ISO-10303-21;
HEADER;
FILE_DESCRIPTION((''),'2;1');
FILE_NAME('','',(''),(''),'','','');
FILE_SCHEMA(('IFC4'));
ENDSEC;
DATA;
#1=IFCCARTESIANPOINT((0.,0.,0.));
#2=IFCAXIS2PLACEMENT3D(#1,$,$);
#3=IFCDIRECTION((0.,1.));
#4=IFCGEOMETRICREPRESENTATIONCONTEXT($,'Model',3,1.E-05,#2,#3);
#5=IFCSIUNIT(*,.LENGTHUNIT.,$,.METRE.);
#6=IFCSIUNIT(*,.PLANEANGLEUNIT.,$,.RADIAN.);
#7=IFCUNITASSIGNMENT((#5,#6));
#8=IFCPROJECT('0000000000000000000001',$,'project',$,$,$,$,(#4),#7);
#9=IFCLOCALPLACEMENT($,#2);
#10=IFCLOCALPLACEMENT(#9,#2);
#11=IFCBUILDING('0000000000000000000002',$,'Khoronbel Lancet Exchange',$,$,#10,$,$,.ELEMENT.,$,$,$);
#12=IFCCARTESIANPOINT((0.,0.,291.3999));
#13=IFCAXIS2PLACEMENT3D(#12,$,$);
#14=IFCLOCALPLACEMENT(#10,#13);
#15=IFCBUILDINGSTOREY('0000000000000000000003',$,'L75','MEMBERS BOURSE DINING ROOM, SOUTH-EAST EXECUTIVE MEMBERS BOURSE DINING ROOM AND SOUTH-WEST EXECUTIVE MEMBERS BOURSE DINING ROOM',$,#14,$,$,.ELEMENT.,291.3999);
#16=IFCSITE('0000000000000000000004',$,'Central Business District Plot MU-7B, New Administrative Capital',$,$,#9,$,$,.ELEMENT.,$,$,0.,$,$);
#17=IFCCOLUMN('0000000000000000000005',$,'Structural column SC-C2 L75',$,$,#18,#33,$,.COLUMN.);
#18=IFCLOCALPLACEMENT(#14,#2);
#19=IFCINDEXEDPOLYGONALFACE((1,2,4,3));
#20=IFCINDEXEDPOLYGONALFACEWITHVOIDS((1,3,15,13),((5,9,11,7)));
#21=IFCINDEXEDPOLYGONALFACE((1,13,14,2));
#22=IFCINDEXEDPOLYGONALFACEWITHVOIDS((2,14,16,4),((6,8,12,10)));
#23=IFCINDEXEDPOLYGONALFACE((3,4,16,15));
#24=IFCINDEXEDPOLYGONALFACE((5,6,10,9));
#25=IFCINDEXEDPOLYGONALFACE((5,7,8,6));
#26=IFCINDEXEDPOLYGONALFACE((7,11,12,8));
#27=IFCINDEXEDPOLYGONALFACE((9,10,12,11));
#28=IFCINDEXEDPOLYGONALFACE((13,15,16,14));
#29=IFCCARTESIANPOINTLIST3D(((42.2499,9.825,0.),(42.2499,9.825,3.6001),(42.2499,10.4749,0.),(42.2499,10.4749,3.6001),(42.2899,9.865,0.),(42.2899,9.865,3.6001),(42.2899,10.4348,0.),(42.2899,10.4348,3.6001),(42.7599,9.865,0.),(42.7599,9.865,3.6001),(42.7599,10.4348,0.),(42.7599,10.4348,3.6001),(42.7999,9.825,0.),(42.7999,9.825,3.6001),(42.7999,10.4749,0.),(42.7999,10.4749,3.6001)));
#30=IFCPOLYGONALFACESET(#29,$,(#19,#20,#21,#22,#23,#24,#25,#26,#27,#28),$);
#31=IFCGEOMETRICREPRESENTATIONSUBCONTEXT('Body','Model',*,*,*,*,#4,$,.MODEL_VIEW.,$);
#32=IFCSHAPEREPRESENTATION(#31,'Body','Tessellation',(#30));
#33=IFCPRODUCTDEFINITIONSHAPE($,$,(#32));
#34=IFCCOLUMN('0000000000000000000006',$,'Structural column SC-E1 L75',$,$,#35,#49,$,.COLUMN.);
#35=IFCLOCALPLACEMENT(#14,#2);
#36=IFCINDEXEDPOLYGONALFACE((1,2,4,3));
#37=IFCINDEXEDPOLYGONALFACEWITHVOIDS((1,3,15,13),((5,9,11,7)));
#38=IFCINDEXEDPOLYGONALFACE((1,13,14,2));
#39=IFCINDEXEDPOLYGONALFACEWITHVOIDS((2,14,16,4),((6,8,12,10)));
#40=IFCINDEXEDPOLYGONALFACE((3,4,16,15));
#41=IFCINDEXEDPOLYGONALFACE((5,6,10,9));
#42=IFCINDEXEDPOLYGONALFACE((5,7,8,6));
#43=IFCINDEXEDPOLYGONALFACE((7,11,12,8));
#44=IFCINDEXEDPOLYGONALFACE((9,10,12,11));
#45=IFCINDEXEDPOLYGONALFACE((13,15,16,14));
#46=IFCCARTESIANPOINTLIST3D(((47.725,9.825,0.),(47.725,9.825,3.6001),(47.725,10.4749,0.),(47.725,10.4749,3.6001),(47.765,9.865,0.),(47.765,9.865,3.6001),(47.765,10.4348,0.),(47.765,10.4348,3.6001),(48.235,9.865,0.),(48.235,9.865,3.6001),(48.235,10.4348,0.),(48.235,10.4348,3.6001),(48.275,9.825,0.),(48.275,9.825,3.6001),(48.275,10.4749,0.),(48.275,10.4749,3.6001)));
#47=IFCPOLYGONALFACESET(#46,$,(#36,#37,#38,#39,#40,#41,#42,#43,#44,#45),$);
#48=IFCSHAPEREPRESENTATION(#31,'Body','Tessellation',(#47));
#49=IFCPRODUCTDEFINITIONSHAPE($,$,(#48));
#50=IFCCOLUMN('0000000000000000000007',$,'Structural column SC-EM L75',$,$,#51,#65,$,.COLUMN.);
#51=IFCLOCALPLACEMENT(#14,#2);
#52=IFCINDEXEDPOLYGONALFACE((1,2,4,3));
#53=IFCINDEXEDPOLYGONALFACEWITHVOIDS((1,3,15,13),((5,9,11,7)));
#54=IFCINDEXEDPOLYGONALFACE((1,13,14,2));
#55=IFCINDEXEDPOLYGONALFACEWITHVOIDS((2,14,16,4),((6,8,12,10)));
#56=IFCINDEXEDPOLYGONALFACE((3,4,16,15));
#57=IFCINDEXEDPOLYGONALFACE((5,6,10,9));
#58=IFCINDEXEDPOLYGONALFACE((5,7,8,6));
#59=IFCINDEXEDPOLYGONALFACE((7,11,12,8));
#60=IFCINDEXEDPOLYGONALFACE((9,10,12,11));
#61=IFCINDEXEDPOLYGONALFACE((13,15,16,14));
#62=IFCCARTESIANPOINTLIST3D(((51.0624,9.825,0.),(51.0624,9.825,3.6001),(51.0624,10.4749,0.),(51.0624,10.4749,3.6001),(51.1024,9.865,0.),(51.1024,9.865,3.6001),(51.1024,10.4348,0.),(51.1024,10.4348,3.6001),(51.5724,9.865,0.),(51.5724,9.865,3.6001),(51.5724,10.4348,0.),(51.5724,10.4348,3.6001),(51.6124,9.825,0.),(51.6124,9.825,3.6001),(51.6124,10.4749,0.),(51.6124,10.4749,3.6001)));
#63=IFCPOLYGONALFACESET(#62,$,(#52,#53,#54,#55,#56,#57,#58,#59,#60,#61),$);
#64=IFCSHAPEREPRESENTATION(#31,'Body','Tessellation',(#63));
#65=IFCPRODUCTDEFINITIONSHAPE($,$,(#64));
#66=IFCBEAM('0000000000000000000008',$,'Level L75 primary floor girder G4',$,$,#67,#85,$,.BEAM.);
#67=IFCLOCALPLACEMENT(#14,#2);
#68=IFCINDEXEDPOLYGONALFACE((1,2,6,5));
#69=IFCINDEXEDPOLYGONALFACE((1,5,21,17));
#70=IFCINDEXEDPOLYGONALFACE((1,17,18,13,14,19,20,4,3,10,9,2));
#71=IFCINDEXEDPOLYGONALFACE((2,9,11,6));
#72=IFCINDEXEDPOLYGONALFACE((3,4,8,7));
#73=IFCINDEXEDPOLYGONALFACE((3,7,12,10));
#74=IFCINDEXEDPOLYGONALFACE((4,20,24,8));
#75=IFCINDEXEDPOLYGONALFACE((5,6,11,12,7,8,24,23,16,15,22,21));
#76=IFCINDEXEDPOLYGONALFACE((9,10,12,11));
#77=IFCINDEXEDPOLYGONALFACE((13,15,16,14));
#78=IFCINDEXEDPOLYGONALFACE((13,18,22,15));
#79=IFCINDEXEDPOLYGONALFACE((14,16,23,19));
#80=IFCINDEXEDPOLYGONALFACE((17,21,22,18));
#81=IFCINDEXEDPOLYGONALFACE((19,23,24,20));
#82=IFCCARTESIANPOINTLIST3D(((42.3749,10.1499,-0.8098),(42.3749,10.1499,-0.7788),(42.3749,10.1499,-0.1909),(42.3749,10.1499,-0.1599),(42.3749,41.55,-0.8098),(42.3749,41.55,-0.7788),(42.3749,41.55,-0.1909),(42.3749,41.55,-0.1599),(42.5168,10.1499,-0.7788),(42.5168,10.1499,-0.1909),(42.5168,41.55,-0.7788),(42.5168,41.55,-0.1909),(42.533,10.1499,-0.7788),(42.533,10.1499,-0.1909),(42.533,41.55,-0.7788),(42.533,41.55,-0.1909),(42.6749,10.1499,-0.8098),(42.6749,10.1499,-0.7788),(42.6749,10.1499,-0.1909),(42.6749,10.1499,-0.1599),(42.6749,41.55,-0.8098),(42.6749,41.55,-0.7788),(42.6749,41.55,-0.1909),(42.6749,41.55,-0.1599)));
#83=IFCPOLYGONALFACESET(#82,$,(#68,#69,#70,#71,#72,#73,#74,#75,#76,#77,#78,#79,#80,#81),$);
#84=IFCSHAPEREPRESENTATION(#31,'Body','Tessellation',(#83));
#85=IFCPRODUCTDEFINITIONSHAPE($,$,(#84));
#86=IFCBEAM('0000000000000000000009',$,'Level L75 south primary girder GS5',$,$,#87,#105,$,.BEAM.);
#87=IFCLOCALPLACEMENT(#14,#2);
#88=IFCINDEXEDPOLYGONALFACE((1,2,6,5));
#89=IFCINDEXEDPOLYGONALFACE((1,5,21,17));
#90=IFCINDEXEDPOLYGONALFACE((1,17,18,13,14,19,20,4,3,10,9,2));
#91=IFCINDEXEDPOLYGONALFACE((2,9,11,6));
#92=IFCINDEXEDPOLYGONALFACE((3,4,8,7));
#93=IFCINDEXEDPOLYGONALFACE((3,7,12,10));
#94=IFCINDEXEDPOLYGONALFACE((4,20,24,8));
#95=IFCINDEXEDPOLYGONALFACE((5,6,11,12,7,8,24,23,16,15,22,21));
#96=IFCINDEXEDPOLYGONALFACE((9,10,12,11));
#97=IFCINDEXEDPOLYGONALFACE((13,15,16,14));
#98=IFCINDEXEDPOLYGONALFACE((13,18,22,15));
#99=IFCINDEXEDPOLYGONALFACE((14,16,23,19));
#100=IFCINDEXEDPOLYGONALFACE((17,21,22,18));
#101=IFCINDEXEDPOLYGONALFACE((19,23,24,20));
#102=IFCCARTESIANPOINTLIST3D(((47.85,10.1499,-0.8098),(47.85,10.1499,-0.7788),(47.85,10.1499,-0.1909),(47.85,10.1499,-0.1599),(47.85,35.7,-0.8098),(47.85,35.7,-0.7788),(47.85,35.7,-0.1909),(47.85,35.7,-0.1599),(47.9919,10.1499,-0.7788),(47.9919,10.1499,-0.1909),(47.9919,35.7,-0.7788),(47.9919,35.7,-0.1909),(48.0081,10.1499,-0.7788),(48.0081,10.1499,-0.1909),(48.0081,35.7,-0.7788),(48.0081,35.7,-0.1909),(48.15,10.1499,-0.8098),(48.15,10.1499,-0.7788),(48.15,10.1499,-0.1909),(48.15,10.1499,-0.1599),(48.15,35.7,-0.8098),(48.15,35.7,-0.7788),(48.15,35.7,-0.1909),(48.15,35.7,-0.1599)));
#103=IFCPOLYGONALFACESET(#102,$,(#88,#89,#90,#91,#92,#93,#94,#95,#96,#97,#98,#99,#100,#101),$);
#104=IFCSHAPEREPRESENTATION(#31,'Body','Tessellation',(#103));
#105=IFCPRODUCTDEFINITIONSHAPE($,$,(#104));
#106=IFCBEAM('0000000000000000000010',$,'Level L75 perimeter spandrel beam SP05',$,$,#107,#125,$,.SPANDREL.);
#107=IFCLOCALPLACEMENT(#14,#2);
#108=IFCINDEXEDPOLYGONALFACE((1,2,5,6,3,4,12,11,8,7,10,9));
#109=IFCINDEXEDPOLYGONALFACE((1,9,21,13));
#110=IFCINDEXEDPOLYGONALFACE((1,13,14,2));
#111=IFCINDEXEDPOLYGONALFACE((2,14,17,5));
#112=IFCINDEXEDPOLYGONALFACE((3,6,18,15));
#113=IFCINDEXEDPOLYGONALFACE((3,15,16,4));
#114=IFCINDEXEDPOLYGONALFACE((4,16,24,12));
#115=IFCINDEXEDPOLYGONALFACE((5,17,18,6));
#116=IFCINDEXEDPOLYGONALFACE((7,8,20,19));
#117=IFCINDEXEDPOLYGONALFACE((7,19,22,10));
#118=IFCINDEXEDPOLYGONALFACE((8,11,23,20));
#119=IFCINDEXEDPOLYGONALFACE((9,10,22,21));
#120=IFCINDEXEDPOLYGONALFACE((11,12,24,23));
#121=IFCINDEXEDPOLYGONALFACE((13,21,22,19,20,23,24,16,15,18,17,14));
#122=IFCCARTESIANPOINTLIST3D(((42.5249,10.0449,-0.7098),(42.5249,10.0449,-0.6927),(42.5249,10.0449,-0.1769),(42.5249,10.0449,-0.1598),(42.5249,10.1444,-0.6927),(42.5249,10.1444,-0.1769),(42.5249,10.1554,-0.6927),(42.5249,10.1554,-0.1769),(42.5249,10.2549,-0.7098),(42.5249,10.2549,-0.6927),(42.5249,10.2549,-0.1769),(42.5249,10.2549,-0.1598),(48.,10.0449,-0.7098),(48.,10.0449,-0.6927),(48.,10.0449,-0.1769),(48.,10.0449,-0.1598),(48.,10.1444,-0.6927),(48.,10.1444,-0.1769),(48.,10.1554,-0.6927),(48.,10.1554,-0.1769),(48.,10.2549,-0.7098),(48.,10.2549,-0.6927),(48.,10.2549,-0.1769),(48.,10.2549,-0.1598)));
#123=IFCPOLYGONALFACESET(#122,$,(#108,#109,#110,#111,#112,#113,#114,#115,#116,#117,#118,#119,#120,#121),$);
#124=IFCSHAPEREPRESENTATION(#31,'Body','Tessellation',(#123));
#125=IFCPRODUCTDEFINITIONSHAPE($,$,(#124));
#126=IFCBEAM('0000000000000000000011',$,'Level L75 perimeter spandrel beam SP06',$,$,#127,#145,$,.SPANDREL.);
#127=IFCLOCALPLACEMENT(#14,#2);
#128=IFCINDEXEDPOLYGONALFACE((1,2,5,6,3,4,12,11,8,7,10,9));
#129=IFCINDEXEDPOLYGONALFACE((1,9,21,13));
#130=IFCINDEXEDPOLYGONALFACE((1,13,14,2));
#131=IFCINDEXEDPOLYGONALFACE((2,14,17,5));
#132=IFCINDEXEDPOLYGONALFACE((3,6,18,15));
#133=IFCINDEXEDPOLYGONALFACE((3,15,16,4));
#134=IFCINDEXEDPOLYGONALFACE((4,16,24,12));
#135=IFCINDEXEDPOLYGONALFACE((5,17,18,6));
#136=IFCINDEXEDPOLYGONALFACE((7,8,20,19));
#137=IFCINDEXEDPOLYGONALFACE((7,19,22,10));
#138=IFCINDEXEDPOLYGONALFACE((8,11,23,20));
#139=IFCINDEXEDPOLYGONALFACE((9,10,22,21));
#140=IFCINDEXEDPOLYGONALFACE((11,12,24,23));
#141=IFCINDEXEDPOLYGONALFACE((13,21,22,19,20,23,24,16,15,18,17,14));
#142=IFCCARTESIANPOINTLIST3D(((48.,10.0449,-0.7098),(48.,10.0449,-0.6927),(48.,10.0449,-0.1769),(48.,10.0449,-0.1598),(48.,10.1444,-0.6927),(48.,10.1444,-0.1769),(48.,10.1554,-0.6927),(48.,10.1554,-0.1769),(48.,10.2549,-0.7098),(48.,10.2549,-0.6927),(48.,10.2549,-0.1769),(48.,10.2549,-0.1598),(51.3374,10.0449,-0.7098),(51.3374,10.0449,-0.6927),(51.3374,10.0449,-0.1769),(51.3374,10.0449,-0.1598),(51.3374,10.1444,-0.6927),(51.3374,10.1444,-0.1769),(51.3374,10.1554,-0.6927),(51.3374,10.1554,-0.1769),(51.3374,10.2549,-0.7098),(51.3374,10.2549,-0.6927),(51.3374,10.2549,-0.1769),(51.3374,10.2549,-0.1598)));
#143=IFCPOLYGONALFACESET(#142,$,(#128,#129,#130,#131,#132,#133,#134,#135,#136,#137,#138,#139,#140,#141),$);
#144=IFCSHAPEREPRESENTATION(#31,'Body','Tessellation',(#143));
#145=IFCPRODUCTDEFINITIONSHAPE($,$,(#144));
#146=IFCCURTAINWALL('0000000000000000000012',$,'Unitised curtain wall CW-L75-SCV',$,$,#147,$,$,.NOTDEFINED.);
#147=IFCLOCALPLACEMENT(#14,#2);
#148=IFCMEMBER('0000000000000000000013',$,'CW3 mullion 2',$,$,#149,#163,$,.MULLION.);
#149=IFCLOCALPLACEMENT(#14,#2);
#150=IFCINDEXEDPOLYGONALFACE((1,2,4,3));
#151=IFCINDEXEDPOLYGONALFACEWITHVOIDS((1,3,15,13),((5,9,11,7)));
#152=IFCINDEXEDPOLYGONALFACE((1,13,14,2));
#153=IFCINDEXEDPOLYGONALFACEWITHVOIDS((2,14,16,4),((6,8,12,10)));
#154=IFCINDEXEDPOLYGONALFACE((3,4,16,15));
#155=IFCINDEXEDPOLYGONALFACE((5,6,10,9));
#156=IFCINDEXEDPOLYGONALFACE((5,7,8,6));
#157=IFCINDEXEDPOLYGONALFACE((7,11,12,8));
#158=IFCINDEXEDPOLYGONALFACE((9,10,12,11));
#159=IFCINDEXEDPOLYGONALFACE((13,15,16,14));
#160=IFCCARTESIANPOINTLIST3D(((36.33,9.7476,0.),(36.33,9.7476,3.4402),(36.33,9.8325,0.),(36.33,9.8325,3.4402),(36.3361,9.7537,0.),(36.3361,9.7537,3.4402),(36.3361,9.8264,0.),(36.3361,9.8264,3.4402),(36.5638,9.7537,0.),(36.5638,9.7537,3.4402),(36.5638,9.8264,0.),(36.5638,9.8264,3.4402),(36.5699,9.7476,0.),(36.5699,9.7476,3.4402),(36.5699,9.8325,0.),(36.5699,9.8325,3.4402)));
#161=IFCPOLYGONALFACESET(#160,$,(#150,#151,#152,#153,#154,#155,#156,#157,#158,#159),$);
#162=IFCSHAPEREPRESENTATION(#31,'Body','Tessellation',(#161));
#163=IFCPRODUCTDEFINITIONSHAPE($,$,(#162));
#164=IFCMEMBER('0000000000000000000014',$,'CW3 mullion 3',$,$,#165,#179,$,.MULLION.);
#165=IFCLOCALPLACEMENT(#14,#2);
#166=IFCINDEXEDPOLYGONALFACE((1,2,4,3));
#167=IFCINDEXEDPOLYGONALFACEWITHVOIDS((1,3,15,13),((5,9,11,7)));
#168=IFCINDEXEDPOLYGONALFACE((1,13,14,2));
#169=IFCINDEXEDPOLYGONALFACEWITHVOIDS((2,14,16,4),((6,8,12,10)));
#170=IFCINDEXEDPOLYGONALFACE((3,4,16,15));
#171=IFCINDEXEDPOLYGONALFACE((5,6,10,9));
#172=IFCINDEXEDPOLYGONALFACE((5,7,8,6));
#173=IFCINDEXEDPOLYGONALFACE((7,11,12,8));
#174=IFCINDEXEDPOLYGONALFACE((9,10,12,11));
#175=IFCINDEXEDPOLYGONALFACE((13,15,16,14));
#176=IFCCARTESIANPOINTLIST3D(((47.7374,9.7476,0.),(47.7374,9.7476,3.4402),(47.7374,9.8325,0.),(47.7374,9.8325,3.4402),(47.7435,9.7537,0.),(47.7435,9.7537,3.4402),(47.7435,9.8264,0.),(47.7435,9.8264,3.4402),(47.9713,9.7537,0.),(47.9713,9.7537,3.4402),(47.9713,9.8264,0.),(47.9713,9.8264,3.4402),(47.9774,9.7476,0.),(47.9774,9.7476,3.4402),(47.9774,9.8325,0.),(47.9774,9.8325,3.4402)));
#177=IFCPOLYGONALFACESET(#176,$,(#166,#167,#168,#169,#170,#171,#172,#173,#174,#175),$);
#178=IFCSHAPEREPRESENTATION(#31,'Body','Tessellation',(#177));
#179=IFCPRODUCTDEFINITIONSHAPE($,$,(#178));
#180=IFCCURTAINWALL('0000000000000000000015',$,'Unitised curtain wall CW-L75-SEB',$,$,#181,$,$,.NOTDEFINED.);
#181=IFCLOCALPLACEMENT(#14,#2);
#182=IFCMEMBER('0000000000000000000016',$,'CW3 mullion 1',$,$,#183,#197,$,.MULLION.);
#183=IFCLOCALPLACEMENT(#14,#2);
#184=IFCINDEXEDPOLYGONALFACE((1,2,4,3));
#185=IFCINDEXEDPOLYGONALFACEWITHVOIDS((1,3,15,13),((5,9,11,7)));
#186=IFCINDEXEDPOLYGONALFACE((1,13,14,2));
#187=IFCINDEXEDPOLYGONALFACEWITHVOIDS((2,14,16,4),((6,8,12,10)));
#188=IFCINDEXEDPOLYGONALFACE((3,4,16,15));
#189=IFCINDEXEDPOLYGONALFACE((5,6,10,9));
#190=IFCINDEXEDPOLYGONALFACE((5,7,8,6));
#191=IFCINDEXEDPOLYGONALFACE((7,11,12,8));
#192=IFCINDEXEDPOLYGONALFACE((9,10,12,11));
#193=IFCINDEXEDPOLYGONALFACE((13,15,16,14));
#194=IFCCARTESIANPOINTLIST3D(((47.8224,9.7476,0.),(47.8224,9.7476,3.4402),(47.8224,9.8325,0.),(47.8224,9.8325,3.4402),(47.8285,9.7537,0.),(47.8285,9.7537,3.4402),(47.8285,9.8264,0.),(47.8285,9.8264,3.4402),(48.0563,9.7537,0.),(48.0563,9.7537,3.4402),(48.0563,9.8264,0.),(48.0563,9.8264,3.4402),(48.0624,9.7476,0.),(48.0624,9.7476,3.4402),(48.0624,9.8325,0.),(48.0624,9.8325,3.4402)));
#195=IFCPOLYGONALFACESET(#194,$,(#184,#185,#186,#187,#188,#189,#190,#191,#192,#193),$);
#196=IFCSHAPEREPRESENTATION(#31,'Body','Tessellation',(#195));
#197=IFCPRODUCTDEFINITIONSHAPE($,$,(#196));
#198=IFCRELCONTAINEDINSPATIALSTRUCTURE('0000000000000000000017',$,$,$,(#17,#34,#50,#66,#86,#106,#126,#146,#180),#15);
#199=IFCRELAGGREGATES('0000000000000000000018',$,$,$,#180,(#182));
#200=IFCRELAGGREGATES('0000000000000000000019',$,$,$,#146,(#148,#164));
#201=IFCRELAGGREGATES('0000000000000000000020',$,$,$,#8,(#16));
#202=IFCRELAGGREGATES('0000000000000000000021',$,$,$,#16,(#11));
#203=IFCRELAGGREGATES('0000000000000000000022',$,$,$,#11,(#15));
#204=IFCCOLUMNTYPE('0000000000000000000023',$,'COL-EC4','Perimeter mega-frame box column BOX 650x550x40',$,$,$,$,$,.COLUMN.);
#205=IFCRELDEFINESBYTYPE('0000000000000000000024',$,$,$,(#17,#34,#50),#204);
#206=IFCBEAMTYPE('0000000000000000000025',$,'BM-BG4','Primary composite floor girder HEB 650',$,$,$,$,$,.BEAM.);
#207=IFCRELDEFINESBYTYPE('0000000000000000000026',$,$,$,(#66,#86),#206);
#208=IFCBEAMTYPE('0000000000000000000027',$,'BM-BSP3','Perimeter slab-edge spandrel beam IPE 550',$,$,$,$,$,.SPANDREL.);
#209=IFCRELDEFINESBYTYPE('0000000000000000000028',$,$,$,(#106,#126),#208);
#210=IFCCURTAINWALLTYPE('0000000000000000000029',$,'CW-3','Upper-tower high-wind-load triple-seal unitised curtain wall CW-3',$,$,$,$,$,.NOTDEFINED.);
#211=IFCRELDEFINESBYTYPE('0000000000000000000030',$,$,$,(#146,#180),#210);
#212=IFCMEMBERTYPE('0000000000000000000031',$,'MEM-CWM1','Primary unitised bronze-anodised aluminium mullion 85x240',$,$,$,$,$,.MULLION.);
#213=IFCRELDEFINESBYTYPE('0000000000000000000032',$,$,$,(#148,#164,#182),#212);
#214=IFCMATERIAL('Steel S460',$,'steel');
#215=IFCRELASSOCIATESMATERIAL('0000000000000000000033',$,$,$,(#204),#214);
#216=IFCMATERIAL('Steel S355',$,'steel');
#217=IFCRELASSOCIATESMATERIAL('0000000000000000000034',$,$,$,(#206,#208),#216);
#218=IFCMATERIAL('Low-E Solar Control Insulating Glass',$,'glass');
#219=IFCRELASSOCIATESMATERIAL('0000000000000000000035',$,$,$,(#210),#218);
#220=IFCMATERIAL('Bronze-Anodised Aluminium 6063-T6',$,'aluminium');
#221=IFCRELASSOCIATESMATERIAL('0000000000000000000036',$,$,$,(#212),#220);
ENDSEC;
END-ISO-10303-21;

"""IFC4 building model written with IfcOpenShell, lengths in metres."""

from ifc_helpers import new_model, si_unit, direction, frame, origin, origin_2d, place, context, subcontext, project, spatial, hollow_rectangle, i_section, extrude, material, material_profile, profile_set, type_object, element, aggregate, save


model = new_model("IFC4")

# Units and contexts
model_context = context("Model", 3, precision=1e-05, world=origin(), true_north=direction((0.0, 1.0)))
body_context = subcontext(model_context, "Body", "Model", "MODEL_VIEW")
ifc_project = project(units=[si_unit("LENGTHUNIT", "METRE"), si_unit("PLANEANGLEUNIT", "RADIAN")], contexts=[model_context])

# Site, building, storey
site_placement = place(None, origin())
site = spatial("IfcSite", under=ifc_project, at=site_placement, Name="Central Business District Plot MU-7B, New Administrative Capital", CompositionType="ELEMENT", RefElevation=0.0)
building_placement = place(site_placement, origin())
building = spatial("IfcBuilding", under=site, at=building_placement, Name="Khoronbel Lancet Exchange", CompositionType="ELEMENT")
storey_placement = place(building_placement, frame((0.0, 0.0, 291.3999)))
storey = spatial("IfcBuildingStorey", under=building, at=storey_placement, Name="L75", Description="MEMBERS BOURSE DINING ROOM, SOUTH-EAST EXECUTIVE MEMBERS BOURSE DINING ROOM AND SOUTH-WEST EXECUTIVE MEMBERS BOURSE DINING ROOM", CompositionType="ELEMENT", Elevation=291.3999)

# Columns
ifc_material_1 = material(Name="Steel S460", Category="steel")
ifc_material_profile_1 = material_profile(ifc_material_1, hollow_rectangle(XDim=0.55, YDim=0.6499, WallThickness=0.04, at=origin_2d()), Name="BOX 650x550x40")
ifc_profile_set_1 = profile_set([ifc_material_profile_1], Name="Steel S460")
column_type = type_object("IfcColumnType", Name="COL-EC4", Description="Perimeter mega-frame box column BOX 650x550x40", PredefinedType="COLUMN", material=ifc_profile_set_1)
for number, where, z_axis, x_axis, name in (
    (1, (42.5249, 10.1499, 0.0), (0.0, 0.0, 1.0), (1.0, 0.0, 0.0), "Structural column SC-C2 L75"),
    (2, (48.0, 10.1499, 0.0), (0.0, 0.0, 1.0), (1.0, 0.0, 0.0), "Structural column SC-E1 L75"),
    (3, (51.3374, 10.1499, 0.0), (0.0, 0.0, 1.0), (1.0, 0.0, 0.0), "Structural column SC-EM L75"),
):
    element("IfcColumn", number, at=place(storey_placement, frame(where, z_axis=z_axis, x_axis=x_axis)), inside=storey, type_object=column_type, Name=name, PredefinedType="COLUMN", context=body_context, shape_type="SweptSolid", body=[
        extrude(hollow_rectangle(XDim=0.55, YDim=0.6499, WallThickness=0.04, at=origin_2d()), origin(), (0.0, 0.0, 1.0), 3.6001),
    ])

# Beams
ifc_material_2 = material(Name="Steel S355", Category="steel")
ifc_material_profile_2 = material_profile(ifc_material_2, i_section(OverallWidth=0.3, OverallDepth=0.6499, WebThickness=0.0161, FlangeThickness=0.031, at=origin_2d()), Name="HEB 650")
ifc_profile_set_2 = profile_set([ifc_material_profile_2], Name="Steel S355")
beam_type_1 = type_object("IfcBeamType", Name="BM-BG4", Description="Primary composite floor girder HEB 650", PredefinedType="BEAM", material=ifc_profile_set_2)
beam_1_placement = place(storey_placement, frame((42.5249, 10.1499, -0.4849), z_axis=(0.0, 1.0, 0.0), x_axis=(-1.0, 0.0, 0.0)))
element("IfcBeam", 4, at=beam_1_placement, inside=storey, type_object=beam_type_1, Name="Level L75 primary floor girder G4", PredefinedType="BEAM", context=body_context, shape_type="SweptSolid", body=[
    extrude(i_section(OverallWidth=0.3, OverallDepth=0.6499, WebThickness=0.0161, FlangeThickness=0.031, at=origin_2d()), origin(), (0.0, 0.0, 1.0), 31.4001),
])
beam_2_placement = place(storey_placement, frame((48.0, 10.1499, -0.4849), z_axis=(0.0, 1.0, 0.0), x_axis=(-1.0, 0.0, 0.0)))
element("IfcBeam", 5, at=beam_2_placement, inside=storey, type_object=beam_type_1, Name="Level L75 south primary girder GS5", PredefinedType="BEAM", context=body_context, shape_type="SweptSolid", body=[
    extrude(i_section(OverallWidth=0.3, OverallDepth=0.6499, WebThickness=0.0161, FlangeThickness=0.031, at=origin_2d()), origin(), (0.0, 0.0, 1.0), 25.55),
])
ifc_material_profile_3 = material_profile(ifc_material_2, i_section(OverallWidth=0.21, OverallDepth=0.55, WebThickness=0.011, FlangeThickness=0.0171, at=origin_2d()), Name="IPE 550")
ifc_profile_set_3 = profile_set([ifc_material_profile_3], Name="Steel S355")
beam_type_2 = type_object("IfcBeamType", Name="BM-BSP3", Description="Perimeter slab-edge spandrel beam IPE 550", PredefinedType="SPANDREL", material=ifc_profile_set_3)
beam_3_placement = place(storey_placement, frame((42.5249, 10.1499, -0.4348), z_axis=(1.0, 0.0, 0.0), x_axis=(0.0, 1.0, 0.0)))
element("IfcBeam", 6, at=beam_3_placement, inside=storey, type_object=beam_type_2, Name="Level L75 perimeter spandrel beam SP05", PredefinedType="SPANDREL", context=body_context, shape_type="SweptSolid", body=[
    extrude(i_section(OverallWidth=0.21, OverallDepth=0.55, WebThickness=0.011, FlangeThickness=0.0171, at=origin_2d()), origin(), (0.0, 0.0, 1.0), 5.4751),
])
beam_4_placement = place(storey_placement, frame((48.0, 10.1499, -0.4348), z_axis=(1.0, 0.0, 0.0), x_axis=(0.0, 1.0, 0.0)))
element("IfcBeam", 7, at=beam_4_placement, inside=storey, type_object=beam_type_2, Name="Level L75 perimeter spandrel beam SP06", PredefinedType="SPANDREL", context=body_context, shape_type="SweptSolid", body=[
    extrude(i_section(OverallWidth=0.21, OverallDepth=0.55, WebThickness=0.011, FlangeThickness=0.0171, at=origin_2d()), origin(), (0.0, 0.0, 1.0), 3.3374),
])

# Curtain wall, members
ifc_material_3 = material(Name="Low-E Solar Control Insulating Glass", Category="glass")
curtain_wall_type = type_object("IfcCurtainWallType", Name="CW-3", Description="Upper-tower high-wind-load triple-seal unitised curtain wall CW-3", PredefinedType="NOTDEFINED", material=ifc_material_3)
curtain_wall_1_placement = place(storey_placement, origin())
curtain_wall_1 = element("IfcCurtainWall", 8, at=curtain_wall_1_placement, inside=storey, type_object=curtain_wall_type, Name="Unitised curtain wall CW-L75-SCV", PredefinedType="NOTDEFINED")
ifc_material_4 = material(Name="Bronze-Anodised Aluminium 6063-T6", Category="aluminium")
ifc_material_profile_4 = material_profile(ifc_material_4, hollow_rectangle(XDim=0.085, YDim=0.24, WallThickness=0.0061, at=origin_2d()), Name="ALU MULLION 85x240")
ifc_profile_set_4 = profile_set([ifc_material_profile_4], Name="Bronze-Anodised Aluminium 6063-T6")
member_type_1 = type_object("IfcMemberType", Name="MEM-CWM1", Description="Primary unitised bronze-anodised aluminium mullion 85x240", PredefinedType="MULLION", material=ifc_profile_set_4)
member_1_placement = place(storey_placement, frame((36.45, 9.79, 0.0), z_axis=(0.0, 0.0, 1.0), x_axis=(0.0, 1.0, 0.0)))
member_1 = element("IfcMember", 9, at=member_1_placement, type_object=member_type_1, Name="CW3 mullion 2", PredefinedType="MULLION", context=body_context, shape_type="SweptSolid", body=[
    extrude(hollow_rectangle(XDim=0.085, YDim=0.24, WallThickness=0.0061, at=origin_2d()), origin(), (0.0, 0.0, 1.0), 3.4402),
])
member_2_placement = place(storey_placement, frame((47.8574, 9.79, 0.0), z_axis=(0.0, 0.0, 1.0), x_axis=(0.0, 1.0, 0.0)))
member_2 = element("IfcMember", 10, at=member_2_placement, type_object=member_type_1, Name="CW3 mullion 3", PredefinedType="MULLION", context=body_context, shape_type="SweptSolid", body=[
    extrude(hollow_rectangle(XDim=0.085, YDim=0.24, WallThickness=0.0061, at=origin_2d()), origin(), (0.0, 0.0, 1.0), 3.4402),
])

# Curtain wall, member
curtain_wall_2_placement = place(storey_placement, origin())
curtain_wall_2 = element("IfcCurtainWall", 11, at=curtain_wall_2_placement, inside=storey, type_object=curtain_wall_type, Name="Unitised curtain wall CW-L75-SEB", PredefinedType="NOTDEFINED")
member_3_placement = place(storey_placement, frame((47.9424, 9.79, 0.0), z_axis=(0.0, 0.0, 1.0), x_axis=(0.0, 1.0, 0.0)))
member_3 = element("IfcMember", 12, at=member_3_placement, type_object=member_type_1, Name="CW3 mullion 1", PredefinedType="MULLION", context=body_context, shape_type="SweptSolid", body=[
    extrude(hollow_rectangle(XDim=0.085, YDim=0.24, WallThickness=0.0061, at=origin_2d()), origin(), (0.0, 0.0, 1.0), 3.4402),
])

aggregate(curtain_wall_2, [member_3])
aggregate(curtain_wall_1, [member_1, member_2])

save(model, "model.ifc")
